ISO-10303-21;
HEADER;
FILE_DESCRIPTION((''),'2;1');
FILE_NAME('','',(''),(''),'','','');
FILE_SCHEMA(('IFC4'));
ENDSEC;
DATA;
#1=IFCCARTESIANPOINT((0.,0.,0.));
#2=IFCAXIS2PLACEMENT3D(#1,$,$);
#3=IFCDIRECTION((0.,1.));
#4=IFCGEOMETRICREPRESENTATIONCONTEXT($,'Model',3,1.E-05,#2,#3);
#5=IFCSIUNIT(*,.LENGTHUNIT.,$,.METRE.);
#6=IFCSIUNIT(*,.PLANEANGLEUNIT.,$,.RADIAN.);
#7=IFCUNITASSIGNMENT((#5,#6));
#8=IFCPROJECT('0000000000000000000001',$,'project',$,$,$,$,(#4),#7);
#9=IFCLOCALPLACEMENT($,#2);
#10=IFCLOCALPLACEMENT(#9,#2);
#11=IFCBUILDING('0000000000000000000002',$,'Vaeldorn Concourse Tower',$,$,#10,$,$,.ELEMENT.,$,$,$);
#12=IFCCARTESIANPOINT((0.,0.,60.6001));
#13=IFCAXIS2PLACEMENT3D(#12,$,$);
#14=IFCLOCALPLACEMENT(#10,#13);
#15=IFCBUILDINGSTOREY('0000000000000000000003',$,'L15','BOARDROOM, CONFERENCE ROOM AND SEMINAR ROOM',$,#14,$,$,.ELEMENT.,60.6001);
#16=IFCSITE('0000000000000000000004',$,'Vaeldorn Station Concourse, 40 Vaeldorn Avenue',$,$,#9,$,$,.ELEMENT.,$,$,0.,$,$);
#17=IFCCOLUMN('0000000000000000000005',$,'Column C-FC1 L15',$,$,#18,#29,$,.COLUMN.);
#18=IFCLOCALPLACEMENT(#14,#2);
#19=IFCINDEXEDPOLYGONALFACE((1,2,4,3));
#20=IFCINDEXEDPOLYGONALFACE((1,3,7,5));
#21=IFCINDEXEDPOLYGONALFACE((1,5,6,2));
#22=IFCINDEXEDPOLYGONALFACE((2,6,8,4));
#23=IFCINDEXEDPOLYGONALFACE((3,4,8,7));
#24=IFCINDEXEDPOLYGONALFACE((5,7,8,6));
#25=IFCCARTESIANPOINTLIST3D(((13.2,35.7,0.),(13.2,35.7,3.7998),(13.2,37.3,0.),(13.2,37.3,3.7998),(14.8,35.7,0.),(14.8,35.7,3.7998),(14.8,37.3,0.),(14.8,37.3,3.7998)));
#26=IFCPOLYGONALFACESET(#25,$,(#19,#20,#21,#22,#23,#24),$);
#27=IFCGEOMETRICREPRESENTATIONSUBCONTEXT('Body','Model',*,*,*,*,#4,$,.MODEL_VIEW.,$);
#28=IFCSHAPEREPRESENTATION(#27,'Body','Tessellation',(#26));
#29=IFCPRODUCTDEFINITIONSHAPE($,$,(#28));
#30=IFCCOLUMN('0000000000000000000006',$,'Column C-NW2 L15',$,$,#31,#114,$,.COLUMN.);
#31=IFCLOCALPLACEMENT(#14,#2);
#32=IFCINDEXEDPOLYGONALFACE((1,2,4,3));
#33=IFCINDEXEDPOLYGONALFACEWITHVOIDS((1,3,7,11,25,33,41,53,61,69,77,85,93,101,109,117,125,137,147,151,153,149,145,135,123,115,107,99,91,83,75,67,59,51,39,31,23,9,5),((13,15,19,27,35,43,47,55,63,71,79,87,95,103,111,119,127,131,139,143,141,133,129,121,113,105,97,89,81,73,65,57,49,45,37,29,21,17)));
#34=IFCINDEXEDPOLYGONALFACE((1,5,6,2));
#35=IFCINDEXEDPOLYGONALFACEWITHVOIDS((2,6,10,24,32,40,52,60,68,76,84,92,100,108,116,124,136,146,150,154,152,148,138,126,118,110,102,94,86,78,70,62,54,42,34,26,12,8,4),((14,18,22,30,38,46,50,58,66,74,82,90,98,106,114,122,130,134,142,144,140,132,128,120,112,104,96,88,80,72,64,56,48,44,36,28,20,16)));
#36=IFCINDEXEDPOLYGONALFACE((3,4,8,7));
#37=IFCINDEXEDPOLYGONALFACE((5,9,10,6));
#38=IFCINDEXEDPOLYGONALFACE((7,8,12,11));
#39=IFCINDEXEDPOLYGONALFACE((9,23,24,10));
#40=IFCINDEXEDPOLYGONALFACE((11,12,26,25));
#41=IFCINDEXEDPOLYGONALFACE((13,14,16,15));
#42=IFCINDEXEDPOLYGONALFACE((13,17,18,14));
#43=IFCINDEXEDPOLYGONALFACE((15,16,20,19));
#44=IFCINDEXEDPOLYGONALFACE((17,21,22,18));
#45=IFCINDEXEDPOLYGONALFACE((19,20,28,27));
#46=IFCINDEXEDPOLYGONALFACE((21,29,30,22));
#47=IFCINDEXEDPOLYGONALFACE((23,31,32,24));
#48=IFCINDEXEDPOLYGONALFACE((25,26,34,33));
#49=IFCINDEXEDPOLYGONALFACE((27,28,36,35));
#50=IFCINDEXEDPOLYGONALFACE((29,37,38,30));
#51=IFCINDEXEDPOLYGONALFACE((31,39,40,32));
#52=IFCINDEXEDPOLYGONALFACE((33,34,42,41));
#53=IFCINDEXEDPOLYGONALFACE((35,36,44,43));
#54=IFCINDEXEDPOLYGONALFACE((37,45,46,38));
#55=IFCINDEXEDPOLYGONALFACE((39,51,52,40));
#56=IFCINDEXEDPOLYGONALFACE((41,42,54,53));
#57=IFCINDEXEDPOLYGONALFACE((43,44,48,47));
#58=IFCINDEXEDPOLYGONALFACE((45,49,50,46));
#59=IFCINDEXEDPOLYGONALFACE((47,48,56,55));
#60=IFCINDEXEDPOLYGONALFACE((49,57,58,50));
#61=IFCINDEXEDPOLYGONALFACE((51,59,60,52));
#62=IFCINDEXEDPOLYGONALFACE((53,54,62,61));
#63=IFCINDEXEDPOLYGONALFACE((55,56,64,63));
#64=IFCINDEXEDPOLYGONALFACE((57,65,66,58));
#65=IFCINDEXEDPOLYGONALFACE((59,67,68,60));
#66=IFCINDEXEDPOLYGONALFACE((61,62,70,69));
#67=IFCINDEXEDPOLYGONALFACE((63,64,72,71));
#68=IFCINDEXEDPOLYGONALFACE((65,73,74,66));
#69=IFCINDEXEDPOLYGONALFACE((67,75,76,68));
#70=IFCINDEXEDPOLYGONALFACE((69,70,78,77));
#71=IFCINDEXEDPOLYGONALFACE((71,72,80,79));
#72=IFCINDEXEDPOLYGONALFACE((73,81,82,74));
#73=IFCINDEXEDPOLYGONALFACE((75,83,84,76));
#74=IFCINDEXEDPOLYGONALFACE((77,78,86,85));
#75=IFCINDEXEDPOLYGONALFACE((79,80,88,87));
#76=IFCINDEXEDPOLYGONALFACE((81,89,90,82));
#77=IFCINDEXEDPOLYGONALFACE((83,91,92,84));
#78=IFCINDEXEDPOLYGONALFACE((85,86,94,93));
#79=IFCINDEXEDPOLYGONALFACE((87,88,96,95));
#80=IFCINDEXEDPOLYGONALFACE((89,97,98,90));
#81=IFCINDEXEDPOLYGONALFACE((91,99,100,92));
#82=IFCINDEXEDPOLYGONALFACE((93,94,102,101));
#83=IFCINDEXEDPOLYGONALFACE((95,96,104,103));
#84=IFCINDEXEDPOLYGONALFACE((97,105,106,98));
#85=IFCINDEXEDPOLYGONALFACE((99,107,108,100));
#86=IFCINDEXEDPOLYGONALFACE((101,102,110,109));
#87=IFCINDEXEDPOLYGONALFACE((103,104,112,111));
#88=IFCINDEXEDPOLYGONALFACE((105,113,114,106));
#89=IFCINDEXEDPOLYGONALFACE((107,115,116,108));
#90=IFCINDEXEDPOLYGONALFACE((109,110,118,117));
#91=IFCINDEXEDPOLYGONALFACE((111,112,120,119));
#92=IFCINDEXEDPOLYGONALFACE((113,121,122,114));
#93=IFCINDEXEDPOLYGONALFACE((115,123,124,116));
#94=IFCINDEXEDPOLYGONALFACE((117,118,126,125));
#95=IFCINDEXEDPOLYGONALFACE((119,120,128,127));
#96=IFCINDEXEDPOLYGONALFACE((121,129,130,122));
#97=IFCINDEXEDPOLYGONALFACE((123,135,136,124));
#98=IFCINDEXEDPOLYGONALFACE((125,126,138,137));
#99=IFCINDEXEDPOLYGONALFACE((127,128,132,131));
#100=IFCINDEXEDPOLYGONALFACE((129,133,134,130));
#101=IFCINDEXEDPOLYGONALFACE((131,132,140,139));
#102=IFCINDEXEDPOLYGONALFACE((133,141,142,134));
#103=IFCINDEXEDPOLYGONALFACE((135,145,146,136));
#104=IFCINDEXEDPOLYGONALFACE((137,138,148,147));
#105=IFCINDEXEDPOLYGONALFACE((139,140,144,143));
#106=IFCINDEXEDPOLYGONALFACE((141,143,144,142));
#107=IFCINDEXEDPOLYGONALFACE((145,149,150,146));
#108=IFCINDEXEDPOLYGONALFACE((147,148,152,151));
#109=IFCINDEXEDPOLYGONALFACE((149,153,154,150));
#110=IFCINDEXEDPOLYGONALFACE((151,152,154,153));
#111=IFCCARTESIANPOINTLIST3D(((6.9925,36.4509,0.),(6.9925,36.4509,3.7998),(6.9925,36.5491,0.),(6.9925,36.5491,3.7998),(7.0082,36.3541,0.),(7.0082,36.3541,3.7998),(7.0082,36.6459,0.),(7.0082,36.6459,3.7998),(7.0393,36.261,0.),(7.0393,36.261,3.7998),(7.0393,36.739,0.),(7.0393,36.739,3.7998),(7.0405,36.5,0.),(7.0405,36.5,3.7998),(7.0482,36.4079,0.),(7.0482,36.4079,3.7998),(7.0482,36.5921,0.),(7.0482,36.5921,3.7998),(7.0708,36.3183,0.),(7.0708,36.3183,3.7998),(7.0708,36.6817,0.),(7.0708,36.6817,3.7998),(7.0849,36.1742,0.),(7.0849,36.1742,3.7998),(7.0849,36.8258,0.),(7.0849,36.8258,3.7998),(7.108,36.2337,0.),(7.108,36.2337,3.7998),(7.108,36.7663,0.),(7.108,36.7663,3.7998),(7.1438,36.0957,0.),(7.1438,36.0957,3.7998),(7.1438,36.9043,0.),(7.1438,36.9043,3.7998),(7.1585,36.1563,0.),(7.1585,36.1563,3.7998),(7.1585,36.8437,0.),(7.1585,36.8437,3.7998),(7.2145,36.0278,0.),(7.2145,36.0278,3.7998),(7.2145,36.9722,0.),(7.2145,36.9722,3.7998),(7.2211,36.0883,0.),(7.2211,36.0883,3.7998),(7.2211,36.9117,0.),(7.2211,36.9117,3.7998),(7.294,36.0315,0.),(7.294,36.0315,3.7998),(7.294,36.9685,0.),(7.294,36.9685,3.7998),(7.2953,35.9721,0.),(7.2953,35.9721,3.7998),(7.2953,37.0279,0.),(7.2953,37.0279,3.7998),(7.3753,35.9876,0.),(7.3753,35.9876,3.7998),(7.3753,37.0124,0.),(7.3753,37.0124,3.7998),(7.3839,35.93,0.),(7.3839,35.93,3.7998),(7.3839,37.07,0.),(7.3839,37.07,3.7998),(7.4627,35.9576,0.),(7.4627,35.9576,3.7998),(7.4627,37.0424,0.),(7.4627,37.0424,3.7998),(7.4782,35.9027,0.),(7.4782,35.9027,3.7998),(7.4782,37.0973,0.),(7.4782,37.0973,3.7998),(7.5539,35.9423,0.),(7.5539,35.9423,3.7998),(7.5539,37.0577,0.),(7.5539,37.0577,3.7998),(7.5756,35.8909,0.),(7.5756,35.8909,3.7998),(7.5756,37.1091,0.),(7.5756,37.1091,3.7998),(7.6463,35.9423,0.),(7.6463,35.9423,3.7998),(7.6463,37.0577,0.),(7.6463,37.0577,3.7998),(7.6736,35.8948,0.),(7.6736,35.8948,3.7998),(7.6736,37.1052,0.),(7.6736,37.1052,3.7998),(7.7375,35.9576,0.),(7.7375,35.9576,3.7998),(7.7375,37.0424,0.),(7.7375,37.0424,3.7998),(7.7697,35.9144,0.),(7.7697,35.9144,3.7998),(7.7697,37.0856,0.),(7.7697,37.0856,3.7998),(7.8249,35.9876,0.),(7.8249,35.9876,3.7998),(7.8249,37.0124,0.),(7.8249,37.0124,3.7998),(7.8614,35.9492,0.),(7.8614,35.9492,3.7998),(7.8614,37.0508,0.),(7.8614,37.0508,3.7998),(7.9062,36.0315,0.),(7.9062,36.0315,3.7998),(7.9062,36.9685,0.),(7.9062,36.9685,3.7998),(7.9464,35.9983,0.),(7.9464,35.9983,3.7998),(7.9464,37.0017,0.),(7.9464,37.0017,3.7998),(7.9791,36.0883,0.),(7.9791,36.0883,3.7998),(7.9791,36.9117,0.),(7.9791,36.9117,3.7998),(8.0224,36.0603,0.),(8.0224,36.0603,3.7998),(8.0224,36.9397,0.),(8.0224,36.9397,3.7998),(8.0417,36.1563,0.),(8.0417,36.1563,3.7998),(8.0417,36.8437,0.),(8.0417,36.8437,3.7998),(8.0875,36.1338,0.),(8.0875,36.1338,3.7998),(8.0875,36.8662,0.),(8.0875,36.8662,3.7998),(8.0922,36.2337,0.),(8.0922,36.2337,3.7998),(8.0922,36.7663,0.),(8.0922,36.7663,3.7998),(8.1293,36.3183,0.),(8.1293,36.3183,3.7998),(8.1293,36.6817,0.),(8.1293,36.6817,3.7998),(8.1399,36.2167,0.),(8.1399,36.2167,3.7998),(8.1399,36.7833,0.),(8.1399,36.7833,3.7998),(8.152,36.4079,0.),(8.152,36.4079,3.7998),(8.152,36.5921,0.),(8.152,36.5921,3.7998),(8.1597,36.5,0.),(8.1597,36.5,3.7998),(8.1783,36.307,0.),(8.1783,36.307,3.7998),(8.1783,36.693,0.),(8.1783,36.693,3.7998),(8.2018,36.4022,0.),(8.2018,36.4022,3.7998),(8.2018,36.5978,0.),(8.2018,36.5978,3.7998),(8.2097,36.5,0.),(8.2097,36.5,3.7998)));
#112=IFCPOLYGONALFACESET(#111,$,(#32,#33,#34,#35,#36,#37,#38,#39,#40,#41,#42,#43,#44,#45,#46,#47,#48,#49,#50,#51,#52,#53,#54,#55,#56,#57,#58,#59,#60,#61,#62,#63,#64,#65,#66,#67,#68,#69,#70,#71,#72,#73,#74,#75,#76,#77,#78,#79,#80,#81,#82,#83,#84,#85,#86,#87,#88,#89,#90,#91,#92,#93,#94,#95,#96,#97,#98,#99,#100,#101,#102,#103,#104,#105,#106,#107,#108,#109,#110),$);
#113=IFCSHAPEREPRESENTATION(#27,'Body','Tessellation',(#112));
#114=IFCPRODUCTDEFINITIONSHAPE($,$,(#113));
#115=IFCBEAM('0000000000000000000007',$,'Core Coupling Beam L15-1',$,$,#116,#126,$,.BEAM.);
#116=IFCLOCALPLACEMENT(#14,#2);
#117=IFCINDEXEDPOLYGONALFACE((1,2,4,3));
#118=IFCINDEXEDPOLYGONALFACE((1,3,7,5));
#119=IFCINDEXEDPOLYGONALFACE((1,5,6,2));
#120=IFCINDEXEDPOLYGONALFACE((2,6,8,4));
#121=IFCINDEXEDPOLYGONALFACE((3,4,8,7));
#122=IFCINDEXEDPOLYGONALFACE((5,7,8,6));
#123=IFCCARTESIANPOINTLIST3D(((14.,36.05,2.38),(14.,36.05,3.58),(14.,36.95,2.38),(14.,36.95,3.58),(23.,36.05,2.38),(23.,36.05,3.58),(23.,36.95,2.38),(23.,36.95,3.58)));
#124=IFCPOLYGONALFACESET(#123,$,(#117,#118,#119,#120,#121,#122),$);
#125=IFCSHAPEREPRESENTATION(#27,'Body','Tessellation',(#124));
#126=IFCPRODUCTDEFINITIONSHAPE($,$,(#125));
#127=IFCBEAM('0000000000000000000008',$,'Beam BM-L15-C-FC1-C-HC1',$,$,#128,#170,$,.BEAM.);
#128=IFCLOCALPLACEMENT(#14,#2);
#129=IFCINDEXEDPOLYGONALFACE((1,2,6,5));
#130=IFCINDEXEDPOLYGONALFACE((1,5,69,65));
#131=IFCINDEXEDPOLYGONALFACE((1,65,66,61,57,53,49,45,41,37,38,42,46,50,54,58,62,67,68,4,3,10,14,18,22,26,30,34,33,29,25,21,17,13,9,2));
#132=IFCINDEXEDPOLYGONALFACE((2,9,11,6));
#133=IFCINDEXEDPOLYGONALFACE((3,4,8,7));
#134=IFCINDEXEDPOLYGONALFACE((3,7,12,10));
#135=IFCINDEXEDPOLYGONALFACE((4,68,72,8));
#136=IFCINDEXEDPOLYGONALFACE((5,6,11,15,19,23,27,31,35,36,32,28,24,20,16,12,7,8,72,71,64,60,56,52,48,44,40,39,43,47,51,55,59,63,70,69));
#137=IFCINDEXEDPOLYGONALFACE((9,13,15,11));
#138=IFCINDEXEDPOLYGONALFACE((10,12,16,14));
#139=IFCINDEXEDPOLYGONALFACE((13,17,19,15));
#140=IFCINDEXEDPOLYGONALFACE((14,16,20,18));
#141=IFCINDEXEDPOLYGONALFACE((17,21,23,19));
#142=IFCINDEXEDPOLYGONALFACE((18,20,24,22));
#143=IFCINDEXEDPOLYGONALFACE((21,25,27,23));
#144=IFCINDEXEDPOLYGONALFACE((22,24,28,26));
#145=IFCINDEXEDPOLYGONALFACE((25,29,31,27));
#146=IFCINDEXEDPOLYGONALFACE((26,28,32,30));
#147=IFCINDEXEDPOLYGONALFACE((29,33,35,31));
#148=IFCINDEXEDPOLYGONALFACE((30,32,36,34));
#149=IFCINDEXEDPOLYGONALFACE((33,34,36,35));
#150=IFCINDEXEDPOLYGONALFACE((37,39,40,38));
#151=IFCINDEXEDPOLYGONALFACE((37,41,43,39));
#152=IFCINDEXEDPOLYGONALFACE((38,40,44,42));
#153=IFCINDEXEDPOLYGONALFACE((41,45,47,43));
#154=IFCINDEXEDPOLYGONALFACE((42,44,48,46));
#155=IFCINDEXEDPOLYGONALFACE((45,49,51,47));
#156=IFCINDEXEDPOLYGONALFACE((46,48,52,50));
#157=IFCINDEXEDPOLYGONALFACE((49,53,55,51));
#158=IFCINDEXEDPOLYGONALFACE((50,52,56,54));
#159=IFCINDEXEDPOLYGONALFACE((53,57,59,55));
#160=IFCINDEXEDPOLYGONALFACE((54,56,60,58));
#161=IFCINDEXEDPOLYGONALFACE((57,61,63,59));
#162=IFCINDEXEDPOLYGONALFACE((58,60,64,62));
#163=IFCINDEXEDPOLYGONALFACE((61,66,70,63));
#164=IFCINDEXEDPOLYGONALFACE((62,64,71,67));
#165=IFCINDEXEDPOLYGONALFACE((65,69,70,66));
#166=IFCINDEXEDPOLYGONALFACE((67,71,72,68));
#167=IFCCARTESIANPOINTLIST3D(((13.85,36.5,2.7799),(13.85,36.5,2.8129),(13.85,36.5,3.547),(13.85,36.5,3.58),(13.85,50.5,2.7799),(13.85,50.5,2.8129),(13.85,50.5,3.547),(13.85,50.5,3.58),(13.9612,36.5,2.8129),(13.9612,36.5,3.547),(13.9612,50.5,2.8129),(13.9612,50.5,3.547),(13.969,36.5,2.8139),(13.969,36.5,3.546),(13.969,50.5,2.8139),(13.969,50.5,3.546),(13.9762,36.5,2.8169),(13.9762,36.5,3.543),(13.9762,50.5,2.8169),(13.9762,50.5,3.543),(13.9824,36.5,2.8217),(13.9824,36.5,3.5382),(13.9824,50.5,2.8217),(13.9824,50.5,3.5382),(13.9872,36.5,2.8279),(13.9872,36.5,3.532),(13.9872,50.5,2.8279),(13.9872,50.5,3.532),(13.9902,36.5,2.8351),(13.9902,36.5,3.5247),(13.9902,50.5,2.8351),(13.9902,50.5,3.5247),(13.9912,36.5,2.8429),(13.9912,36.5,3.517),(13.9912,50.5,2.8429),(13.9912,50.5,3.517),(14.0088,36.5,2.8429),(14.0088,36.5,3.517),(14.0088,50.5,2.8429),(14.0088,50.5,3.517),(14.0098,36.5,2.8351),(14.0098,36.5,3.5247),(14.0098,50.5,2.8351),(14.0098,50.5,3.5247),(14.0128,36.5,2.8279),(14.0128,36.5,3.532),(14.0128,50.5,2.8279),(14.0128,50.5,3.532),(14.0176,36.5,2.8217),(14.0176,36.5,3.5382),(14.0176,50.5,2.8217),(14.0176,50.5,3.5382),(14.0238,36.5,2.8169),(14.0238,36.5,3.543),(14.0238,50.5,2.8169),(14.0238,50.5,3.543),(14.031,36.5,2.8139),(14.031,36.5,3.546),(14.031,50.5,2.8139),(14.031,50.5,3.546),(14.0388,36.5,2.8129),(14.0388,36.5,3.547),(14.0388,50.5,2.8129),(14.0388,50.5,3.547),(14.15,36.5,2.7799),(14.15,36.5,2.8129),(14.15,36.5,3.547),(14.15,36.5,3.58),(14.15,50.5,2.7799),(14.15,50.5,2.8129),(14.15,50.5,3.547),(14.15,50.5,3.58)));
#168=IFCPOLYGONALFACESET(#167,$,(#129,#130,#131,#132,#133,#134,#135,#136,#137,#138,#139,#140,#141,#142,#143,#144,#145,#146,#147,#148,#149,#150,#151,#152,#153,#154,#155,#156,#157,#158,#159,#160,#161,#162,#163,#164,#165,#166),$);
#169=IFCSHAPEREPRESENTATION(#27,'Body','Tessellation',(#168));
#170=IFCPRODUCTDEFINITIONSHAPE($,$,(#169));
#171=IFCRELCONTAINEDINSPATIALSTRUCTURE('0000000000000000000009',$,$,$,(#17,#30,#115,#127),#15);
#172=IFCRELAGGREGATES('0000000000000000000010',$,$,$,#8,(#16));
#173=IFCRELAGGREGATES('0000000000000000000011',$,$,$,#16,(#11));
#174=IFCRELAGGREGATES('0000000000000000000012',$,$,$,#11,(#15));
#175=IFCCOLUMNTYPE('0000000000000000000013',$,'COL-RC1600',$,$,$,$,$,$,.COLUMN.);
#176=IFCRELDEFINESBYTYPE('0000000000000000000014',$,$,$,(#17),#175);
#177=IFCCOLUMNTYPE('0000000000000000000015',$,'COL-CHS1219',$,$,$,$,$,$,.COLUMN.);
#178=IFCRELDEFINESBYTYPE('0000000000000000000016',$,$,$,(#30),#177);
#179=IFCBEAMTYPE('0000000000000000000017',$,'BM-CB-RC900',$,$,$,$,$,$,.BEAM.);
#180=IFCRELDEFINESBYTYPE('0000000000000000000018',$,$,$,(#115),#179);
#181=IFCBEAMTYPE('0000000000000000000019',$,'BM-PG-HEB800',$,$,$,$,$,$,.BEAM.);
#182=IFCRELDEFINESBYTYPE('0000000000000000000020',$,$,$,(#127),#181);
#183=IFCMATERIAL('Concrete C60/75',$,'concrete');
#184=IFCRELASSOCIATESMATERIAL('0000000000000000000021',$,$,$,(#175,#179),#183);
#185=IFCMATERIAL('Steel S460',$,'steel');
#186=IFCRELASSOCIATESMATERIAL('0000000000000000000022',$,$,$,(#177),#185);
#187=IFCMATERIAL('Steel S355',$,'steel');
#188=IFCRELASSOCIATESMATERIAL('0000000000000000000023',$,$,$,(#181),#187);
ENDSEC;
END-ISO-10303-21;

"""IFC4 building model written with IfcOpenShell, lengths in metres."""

from ifc_helpers import new_model, si_unit, direction, frame, origin, origin_2d, place, context, subcontext, project, spatial, rectangle, hollow_circle, i_section, extrude, source, transform, mapped, material, material_profile, profile_set, type_object, element, save


model = new_model("IFC4")

# Units and contexts
model_context = context("Model", 3, precision=1e-05, world=origin(), true_north=direction((0.0, 1.0)))
body_context = subcontext(model_context, "Body", "Model", "MODEL_VIEW")
ifc_project = project(units=[si_unit("LENGTHUNIT", "METRE"), si_unit("PLANEANGLEUNIT", "RADIAN")], contexts=[model_context])

# Site, building, storey
site_placement = place(None, origin())
site = spatial("IfcSite", under=ifc_project, at=site_placement, Name="Vaeldorn Station Concourse, 40 Vaeldorn Avenue", CompositionType="ELEMENT", RefElevation=0.0)
building_placement = place(site_placement, origin())
building = spatial("IfcBuilding", under=site, at=building_placement, Name="Vaeldorn Concourse Tower", CompositionType="ELEMENT")
storey_placement = place(building_placement, frame((0.0, 0.0, 60.6001)))
storey = spatial("IfcBuildingStorey", under=building, at=storey_placement, Name="L15", Description="BOARDROOM, CONFERENCE ROOM AND SEMINAR ROOM", CompositionType="ELEMENT", Elevation=60.6001)

# Columns
ifc_material_1 = material(Name="Concrete C60/75", Category="concrete")
ifc_material_profile_1 = material_profile(ifc_material_1, rectangle(XDim=1.6001, YDim=1.6001, at=origin_2d()), Name="RC 1600x1600")
ifc_profile_set_1 = profile_set([ifc_material_profile_1], Name="Concrete C60/75")
column_type_1 = type_object("IfcColumnType", Name="COL-RC1600", PredefinedType="COLUMN", material=ifc_profile_set_1)
shared_shape_1 = source(origin(), body_context, "Body", "SweptSolid", [
    extrude(rectangle(XDim=1.6001, YDim=1.6001, at=origin_2d()), origin(), (0.0, 0.0, 1.0), 3.7998),
])
column_1_placement = place(storey_placement, frame((14.0, 36.5, 0.0), z_axis=(0.0, 0.0, 1.0), x_axis=(1.0, 0.0, 0.0)))
element("IfcColumn", 1, at=column_1_placement, inside=storey, type_object=column_type_1, Name="Column C-FC1 L15", PredefinedType="COLUMN", context=body_context, shape_type="MappedRepresentation", body=[
    mapped(shared_shape_1, transform((0.0, 0.0, 0.0), scale=1.0)),
])
ifc_material_2 = material(Name="Steel S460", Category="steel")
ifc_material_profile_2 = material_profile(ifc_material_2, hollow_circle(Radius=0.6096, WallThickness=0.05, at=origin_2d()), Name="CHS 1219x50")
ifc_profile_set_2 = profile_set([ifc_material_profile_2], Name="Steel S460")
column_type_2 = type_object("IfcColumnType", Name="COL-CHS1219", PredefinedType="COLUMN", material=ifc_profile_set_2)
shared_shape_2 = source(origin(), body_context, "Body", "SweptSolid", [
    extrude(hollow_circle(Radius=0.6096, WallThickness=0.05, at=origin_2d()), origin(), (0.0, 0.0, 1.0), 3.7998),
])
column_2_placement = place(storey_placement, frame((7.6001, 36.5, 0.0), z_axis=(0.0, 0.0, 1.0), x_axis=(1.0, 0.0, 0.0)))
element("IfcColumn", 2, at=column_2_placement, inside=storey, type_object=column_type_2, Name="Column C-NW2 L15", PredefinedType="COLUMN", context=body_context, shape_type="MappedRepresentation", body=[
    mapped(shared_shape_2, transform((0.0, 0.0, 0.0), scale=1.0)),
])

# Beams
ifc_material_profile_3 = material_profile(ifc_material_1, rectangle(XDim=0.8999, YDim=1.2, at=origin_2d()), Name="RC 900x1200")
ifc_profile_set_3 = profile_set([ifc_material_profile_3], Name="Concrete C60/75")
beam_type_1 = type_object("IfcBeamType", Name="BM-CB-RC900", PredefinedType="BEAM", material=ifc_profile_set_3)
shared_shape_3 = source(origin(), body_context, "Body", "SweptSolid", [
    extrude(rectangle(XDim=0.8999, YDim=1.2, at=origin_2d()), origin(), (0.0, 0.0, 1.0), 9.0),
])
beam_1_placement = place(storey_placement, frame((14.0, 36.5, 2.98), z_axis=(1.0, 0.0, 0.0), x_axis=(0.0, 1.0, 0.0)))
element("IfcBeam", 3, at=beam_1_placement, inside=storey, type_object=beam_type_1, Name="Core Coupling Beam L15-1", PredefinedType="BEAM", context=body_context, shape_type="MappedRepresentation", body=[
    mapped(shared_shape_3, transform((0.0, 0.0, 0.0), scale=1.0)),
])
ifc_material_3 = material(Name="Steel S355", Category="steel")
ifc_material_profile_4 = material_profile(ifc_material_3, i_section(OverallWidth=0.3, OverallDepth=0.8, WebThickness=0.0176, FlangeThickness=0.033, FilletRadius=0.03, at=origin_2d()), Name="HEB 800")
ifc_profile_set_4 = profile_set([ifc_material_profile_4], Name="Steel S355")
beam_type_2 = type_object("IfcBeamType", Name="BM-PG-HEB800", PredefinedType="BEAM", material=ifc_profile_set_4)
shared_shape_4 = source(origin(), body_context, "Body", "SweptSolid", [
    extrude(i_section(OverallWidth=0.3, OverallDepth=0.8, WebThickness=0.0176, FlangeThickness=0.033, FilletRadius=0.03, at=origin_2d()), origin(), (0.0, 0.0, 1.0), 14.0),
])
beam_2_placement = place(storey_placement, frame((14.0, 36.5, 3.1799), z_axis=(0.0, 1.0, 0.0), x_axis=(-1.0, 0.0, 0.0)))
element("IfcBeam", 4, at=beam_2_placement, inside=storey, type_object=beam_type_2, Name="Beam BM-L15-C-FC1-C-HC1", PredefinedType="BEAM", context=body_context, shape_type="MappedRepresentation", body=[
    mapped(shared_shape_4, transform((0.0, 0.0, 0.0), scale=1.0)),
])

save(model, "model.ifc")
